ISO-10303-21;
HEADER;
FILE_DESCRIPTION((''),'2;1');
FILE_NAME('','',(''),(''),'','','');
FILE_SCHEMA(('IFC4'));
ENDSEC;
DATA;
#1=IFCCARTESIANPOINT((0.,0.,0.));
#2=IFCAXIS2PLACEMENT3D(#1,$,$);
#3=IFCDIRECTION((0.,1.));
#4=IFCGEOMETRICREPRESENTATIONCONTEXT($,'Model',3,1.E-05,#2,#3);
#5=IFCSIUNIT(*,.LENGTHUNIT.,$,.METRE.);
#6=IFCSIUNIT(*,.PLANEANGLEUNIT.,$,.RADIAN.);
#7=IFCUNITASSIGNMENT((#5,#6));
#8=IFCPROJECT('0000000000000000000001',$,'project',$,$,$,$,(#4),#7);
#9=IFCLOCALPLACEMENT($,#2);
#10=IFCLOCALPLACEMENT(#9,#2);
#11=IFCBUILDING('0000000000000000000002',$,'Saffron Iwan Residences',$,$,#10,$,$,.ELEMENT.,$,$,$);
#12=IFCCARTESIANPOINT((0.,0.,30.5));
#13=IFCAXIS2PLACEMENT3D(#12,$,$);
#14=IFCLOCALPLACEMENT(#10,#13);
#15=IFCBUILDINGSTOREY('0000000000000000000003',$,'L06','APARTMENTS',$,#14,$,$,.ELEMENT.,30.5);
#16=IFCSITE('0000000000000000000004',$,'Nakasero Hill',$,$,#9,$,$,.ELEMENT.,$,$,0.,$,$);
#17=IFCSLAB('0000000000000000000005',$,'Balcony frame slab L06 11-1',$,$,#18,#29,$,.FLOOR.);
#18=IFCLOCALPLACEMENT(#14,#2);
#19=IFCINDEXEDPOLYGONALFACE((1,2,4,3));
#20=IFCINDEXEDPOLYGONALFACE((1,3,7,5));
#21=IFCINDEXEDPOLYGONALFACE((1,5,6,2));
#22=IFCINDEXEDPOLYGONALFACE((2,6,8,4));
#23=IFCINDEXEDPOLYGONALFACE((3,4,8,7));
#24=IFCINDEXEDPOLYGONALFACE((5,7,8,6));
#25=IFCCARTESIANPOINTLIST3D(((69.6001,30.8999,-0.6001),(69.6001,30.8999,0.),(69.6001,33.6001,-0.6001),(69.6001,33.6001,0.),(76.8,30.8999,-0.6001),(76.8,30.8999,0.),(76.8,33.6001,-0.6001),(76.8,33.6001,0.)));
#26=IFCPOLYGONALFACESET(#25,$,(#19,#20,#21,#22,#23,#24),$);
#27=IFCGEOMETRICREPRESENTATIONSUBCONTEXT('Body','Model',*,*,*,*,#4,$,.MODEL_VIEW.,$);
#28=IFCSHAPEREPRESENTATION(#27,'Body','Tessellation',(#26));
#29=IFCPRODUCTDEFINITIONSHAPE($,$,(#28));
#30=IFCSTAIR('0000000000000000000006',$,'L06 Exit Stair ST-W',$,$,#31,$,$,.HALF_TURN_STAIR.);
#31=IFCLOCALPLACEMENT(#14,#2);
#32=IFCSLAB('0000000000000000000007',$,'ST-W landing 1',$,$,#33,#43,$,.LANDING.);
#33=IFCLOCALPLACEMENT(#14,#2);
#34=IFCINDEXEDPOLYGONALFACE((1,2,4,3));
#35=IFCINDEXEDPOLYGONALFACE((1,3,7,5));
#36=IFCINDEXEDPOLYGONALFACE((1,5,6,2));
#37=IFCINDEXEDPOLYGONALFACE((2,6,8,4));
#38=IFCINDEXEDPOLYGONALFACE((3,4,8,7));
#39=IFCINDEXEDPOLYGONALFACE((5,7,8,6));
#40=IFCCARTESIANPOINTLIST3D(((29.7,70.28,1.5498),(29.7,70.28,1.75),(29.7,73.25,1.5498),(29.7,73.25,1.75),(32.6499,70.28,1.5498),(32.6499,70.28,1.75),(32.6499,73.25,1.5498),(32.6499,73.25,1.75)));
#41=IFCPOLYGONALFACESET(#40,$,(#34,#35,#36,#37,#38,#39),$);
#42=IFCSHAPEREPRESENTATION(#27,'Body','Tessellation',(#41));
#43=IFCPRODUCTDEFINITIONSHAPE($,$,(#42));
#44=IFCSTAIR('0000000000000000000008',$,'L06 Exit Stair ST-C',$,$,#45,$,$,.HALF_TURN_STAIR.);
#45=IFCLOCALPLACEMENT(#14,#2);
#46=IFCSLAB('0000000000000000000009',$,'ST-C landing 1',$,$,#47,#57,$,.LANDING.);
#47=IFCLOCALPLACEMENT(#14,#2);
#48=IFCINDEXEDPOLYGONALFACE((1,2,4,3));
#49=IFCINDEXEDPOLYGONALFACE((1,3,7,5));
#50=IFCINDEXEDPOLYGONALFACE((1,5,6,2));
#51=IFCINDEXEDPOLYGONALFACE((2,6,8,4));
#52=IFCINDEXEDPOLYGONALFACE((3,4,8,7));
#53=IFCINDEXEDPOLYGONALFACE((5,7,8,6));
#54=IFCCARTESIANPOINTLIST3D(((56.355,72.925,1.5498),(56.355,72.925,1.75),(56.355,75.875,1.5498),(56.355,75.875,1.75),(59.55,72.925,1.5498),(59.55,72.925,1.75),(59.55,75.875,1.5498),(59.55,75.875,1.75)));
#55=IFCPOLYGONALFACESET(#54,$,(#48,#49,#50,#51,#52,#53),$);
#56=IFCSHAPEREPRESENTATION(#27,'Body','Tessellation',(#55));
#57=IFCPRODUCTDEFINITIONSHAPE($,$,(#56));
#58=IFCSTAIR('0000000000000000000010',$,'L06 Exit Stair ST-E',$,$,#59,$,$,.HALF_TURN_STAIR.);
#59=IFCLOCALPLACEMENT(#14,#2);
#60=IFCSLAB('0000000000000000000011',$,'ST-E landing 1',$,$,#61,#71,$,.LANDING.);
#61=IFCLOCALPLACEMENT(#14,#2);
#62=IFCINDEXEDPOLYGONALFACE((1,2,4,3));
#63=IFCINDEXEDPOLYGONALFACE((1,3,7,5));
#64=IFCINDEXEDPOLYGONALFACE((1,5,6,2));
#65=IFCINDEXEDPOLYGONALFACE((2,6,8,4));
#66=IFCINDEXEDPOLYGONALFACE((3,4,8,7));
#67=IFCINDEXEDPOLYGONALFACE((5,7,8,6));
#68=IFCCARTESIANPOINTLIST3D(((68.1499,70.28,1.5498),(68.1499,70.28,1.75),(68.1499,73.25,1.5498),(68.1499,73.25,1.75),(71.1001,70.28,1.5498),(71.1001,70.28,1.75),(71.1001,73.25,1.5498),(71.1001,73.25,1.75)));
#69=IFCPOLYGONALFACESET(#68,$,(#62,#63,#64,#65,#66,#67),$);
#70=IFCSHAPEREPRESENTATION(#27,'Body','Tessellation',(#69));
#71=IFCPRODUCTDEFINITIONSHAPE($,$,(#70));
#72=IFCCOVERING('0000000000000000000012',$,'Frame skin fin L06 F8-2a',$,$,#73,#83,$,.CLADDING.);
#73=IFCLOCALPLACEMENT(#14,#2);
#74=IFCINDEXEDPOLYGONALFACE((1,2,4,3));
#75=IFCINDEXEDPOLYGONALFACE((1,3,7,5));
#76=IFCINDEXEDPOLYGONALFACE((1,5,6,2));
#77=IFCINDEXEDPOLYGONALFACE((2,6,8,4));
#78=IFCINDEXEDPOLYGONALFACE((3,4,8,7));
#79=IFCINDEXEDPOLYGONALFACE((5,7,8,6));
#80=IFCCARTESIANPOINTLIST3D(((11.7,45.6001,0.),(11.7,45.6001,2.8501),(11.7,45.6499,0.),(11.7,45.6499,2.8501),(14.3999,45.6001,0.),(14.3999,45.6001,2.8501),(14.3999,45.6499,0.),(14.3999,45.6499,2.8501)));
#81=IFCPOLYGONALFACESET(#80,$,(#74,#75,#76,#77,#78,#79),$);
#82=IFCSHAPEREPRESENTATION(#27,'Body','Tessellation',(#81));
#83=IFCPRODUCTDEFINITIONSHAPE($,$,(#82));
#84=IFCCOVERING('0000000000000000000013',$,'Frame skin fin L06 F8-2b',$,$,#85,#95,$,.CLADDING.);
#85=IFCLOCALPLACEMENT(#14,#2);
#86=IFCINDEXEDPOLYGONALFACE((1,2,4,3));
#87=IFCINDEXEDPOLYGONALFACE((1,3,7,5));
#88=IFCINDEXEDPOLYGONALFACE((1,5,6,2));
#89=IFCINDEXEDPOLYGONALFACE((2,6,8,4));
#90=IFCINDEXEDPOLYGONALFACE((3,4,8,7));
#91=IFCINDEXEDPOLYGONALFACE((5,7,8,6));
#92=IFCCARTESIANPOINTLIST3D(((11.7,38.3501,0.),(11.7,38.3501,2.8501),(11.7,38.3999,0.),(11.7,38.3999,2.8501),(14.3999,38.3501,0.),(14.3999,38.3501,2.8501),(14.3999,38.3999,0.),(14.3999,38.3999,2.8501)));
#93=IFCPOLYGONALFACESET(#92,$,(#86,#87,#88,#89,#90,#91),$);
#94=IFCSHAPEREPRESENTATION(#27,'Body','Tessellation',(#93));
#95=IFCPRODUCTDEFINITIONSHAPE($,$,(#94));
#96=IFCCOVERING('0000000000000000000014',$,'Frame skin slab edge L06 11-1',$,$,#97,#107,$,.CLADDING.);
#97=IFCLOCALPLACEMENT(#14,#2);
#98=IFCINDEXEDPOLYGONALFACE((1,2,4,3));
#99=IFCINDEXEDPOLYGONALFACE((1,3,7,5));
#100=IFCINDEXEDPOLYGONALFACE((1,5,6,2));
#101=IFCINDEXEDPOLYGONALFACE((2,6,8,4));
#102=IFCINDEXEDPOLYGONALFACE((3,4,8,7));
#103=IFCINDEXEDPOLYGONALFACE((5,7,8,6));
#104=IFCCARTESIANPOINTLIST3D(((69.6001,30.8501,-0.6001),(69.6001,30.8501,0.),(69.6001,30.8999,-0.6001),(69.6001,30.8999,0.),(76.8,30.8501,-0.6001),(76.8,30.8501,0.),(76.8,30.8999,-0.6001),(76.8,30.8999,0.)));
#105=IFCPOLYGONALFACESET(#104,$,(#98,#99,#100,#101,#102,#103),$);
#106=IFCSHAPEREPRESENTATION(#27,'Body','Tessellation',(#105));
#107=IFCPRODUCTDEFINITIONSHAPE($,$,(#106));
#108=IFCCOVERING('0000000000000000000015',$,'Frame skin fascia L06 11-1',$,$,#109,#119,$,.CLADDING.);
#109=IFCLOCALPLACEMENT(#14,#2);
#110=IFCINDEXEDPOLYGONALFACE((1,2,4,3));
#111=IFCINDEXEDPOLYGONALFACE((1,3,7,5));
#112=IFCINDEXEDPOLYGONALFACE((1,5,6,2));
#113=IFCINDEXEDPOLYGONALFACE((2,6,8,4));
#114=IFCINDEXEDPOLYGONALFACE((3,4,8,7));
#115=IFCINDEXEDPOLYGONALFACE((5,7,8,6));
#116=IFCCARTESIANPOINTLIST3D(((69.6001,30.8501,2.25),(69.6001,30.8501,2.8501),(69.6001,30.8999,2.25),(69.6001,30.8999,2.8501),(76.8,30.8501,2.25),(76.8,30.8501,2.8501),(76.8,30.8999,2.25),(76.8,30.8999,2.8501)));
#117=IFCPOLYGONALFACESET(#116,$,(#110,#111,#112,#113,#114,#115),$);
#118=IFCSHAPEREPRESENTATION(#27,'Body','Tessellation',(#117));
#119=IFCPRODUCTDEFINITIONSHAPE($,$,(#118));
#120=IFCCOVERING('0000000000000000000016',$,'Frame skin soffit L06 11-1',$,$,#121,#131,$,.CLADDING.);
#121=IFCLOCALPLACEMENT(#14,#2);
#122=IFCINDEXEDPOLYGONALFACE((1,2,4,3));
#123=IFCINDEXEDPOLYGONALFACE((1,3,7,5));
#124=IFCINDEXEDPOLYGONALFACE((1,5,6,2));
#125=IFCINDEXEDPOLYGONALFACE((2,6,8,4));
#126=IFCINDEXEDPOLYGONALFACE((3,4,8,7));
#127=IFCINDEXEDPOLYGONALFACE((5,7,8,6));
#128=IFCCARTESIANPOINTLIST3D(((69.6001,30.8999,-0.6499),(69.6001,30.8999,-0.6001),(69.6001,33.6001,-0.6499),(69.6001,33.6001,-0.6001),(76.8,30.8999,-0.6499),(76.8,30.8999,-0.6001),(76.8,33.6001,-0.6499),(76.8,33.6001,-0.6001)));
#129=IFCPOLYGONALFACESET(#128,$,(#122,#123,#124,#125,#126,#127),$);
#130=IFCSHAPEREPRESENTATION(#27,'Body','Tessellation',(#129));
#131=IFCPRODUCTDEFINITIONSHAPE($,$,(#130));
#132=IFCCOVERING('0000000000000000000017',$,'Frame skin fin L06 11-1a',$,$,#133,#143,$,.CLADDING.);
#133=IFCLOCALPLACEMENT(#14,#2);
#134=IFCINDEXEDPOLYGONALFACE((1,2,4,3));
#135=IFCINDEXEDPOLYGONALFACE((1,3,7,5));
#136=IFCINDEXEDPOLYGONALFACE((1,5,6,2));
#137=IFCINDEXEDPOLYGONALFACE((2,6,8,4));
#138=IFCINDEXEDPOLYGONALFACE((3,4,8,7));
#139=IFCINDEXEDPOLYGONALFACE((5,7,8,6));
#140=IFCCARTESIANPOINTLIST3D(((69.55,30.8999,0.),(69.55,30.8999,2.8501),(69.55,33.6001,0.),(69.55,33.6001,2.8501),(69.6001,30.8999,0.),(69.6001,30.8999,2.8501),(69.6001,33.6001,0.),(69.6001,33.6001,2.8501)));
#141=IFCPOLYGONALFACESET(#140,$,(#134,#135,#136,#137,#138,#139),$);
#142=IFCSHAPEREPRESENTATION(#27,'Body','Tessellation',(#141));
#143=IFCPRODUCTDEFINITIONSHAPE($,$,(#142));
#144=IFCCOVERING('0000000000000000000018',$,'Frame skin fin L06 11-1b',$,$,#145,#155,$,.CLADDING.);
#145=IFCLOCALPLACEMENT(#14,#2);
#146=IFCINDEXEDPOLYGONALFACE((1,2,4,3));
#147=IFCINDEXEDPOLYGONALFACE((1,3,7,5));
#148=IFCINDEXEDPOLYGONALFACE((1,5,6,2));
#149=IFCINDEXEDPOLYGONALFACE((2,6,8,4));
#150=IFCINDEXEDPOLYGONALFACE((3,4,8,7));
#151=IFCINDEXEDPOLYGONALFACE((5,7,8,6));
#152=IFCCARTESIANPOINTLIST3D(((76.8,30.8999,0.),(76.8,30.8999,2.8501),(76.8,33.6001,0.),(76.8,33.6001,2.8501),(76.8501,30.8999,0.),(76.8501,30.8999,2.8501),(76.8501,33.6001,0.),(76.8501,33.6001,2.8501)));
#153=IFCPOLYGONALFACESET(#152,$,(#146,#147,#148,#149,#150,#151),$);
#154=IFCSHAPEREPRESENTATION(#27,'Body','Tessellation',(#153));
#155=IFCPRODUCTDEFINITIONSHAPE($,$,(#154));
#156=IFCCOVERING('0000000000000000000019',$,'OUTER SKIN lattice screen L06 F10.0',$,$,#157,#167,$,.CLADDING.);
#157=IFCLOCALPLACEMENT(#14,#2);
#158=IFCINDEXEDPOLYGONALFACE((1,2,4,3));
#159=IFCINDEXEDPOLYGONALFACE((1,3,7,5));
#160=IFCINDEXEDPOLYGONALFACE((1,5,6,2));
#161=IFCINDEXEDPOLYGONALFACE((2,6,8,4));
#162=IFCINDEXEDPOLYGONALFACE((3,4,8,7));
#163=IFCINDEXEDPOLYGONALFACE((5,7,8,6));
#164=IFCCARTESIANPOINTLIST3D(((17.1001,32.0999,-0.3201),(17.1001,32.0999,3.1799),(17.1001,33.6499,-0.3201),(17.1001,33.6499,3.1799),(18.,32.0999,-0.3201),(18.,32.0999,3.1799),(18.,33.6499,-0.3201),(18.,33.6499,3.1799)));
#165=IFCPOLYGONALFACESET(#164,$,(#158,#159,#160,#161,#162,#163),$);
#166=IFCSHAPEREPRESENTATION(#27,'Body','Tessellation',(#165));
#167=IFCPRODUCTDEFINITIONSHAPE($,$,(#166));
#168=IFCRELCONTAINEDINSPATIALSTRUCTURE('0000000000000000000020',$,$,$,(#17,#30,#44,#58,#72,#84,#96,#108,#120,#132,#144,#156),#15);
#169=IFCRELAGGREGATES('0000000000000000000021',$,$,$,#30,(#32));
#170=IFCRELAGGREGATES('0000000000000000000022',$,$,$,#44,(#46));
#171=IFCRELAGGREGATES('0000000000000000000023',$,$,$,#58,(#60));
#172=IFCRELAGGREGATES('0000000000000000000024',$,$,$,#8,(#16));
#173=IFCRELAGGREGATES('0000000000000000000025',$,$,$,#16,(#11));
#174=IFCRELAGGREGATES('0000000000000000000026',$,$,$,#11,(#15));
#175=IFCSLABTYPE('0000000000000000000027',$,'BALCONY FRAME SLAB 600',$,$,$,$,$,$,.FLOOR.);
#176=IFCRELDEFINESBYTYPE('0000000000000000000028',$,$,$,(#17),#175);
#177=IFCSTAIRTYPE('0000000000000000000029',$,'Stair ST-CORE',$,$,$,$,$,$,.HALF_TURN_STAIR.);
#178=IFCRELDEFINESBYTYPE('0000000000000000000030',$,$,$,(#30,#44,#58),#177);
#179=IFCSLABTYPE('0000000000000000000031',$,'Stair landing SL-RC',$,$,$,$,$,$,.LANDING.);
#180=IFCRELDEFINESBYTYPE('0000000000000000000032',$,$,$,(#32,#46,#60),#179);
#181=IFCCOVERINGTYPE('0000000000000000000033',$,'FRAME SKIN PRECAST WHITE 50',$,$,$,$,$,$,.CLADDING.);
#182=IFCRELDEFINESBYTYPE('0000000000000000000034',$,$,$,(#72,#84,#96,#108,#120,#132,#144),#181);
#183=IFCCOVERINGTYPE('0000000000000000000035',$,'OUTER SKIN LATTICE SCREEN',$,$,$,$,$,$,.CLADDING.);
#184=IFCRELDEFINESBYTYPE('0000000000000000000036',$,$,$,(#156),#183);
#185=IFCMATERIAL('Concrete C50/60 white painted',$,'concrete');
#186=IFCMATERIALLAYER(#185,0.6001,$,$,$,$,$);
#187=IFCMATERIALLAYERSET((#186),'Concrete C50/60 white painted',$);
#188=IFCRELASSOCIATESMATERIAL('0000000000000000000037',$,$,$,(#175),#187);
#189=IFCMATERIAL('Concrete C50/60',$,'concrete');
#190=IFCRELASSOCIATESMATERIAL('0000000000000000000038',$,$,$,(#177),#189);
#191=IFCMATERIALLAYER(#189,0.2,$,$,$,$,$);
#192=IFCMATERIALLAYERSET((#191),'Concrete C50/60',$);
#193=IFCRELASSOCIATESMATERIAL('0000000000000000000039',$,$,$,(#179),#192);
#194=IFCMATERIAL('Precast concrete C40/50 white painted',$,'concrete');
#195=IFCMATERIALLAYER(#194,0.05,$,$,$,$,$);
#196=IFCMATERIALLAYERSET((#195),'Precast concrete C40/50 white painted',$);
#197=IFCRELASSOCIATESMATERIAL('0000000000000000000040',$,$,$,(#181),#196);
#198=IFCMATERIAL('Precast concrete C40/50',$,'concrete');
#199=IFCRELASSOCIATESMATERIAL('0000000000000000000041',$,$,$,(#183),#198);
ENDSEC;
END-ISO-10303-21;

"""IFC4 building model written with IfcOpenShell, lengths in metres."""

from ifc_helpers import new_model, si_unit, direction, frame, origin, place, context, subcontext, project, spatial, polyline, outline, extrude, material, layer, layer_set, type_object, element, aggregate, save


model = new_model("IFC4")

# Units and contexts
model_context = context("Model", 3, precision=1e-05, world=origin(), true_north=direction((0.0, 1.0)))
body_context = subcontext(model_context, "Body", "Model", "MODEL_VIEW")
ifc_project = project(units=[si_unit("LENGTHUNIT", "METRE"), si_unit("PLANEANGLEUNIT", "RADIAN")], contexts=[model_context])

# Site, building, storey
site_placement = place(None, origin())
site = spatial("IfcSite", under=ifc_project, at=site_placement, Name="Nakasero Hill", CompositionType="ELEMENT", RefElevation=0.0)
building_placement = place(site_placement, origin())
building = spatial("IfcBuilding", under=site, at=building_placement, Name="Saffron Iwan Residences", CompositionType="ELEMENT")
storey_placement = place(building_placement, frame((0.0, 0.0, 30.5)))
storey = spatial("IfcBuildingStorey", under=building, at=storey_placement, Name="L06", Description="APARTMENTS", CompositionType="ELEMENT", Elevation=30.5)

# Slab
ifc_material_1 = material(Name="Concrete C50/60 white painted", Category="concrete")
ifc_layer_1 = layer(ifc_material_1, 0.6001)
ifc_layer_set_1 = layer_set([ifc_layer_1], Name="Concrete C50/60 white painted")
slab_type_1 = type_object("IfcSlabType", Name="BALCONY FRAME SLAB 600", PredefinedType="FLOOR", material=ifc_layer_set_1)
slab_1_placement = place(storey_placement, frame((0.0, 0.0, -0.6001)))
element("IfcSlab", 1, at=slab_1_placement, inside=storey, type_object=slab_type_1, Name="Balcony frame slab L06 11-1", PredefinedType="FLOOR", context=body_context, shape_type="SweptSolid", body=[
    extrude(outline(polyline([(69.6001, 30.8999), (76.8, 30.8999), (76.8, 33.6001), (69.6001, 33.6001), (69.6001, 30.8999)])), origin(), (0.0, 0.0, 1.0), 0.6001),
])

# Stairs, slabs
ifc_material_2 = material(Name="Concrete C50/60", Category="concrete")
stair_type = type_object("IfcStairType", Name="Stair ST-CORE", PredefinedType="HALF_TURN_STAIR", material=ifc_material_2)
stair_1_placement = place(storey_placement, origin())
stair_1 = element("IfcStair", 2, at=stair_1_placement, inside=storey, type_object=stair_type, Name="L06 Exit Stair ST-W", PredefinedType="HALF_TURN_STAIR")
ifc_layer_2 = layer(ifc_material_2, 0.2)
ifc_layer_set_2 = layer_set([ifc_layer_2], Name="Concrete C50/60")
slab_type_2 = type_object("IfcSlabType", Name="Stair landing SL-RC", PredefinedType="LANDING", material=ifc_layer_set_2)
slab_2_placement = place(storey_placement, frame((0.0, 0.0, 1.5498)))
slab_2 = element("IfcSlab", 3, at=slab_2_placement, type_object=slab_type_2, Name="ST-W landing 1", PredefinedType="LANDING", context=body_context, shape_type="SweptSolid", body=[
    extrude(outline(polyline([(32.6499, 70.28), (32.6499, 73.25), (29.7, 73.25), (29.7, 70.28), (32.6499, 70.28)])), origin(), (0.0, 0.0, 1.0), 0.2002),
])
aggregate(stair_1, [slab_2])
stair_2_placement = place(storey_placement, origin())
stair_2 = element("IfcStair", 4, at=stair_2_placement, inside=storey, type_object=stair_type, Name="L06 Exit Stair ST-C", PredefinedType="HALF_TURN_STAIR")
slab_3_placement = place(storey_placement, frame((0.0, 0.0, 1.5498)))
slab_3 = element("IfcSlab", 5, at=slab_3_placement, type_object=slab_type_2, Name="ST-C landing 1", PredefinedType="LANDING", context=body_context, shape_type="SweptSolid", body=[
    extrude(outline(polyline([(56.355, 72.925), (59.55, 72.925), (59.55, 75.875), (56.355, 75.875), (56.355, 72.925)])), origin(), (0.0, 0.0, 1.0), 0.2002),
])
aggregate(stair_2, [slab_3])
stair_3_placement = place(storey_placement, origin())
stair_3 = element("IfcStair", 6, at=stair_3_placement, inside=storey, type_object=stair_type, Name="L06 Exit Stair ST-E", PredefinedType="HALF_TURN_STAIR")
slab_4_placement = place(storey_placement, frame((0.0, 0.0, 1.5498)))
slab_4 = element("IfcSlab", 7, at=slab_4_placement, type_object=slab_type_2, Name="ST-E landing 1", PredefinedType="LANDING", context=body_context, shape_type="SweptSolid", body=[
    extrude(outline(polyline([(71.1001, 70.28), (71.1001, 73.25), (68.1499, 73.25), (68.1499, 70.28), (71.1001, 70.28)])), origin(), (0.0, 0.0, 1.0), 0.2002),
])
aggregate(stair_3, [slab_4])

# Coverings
ifc_material_3 = material(Name="Precast concrete C40/50 white painted", Category="concrete")
ifc_layer_3 = layer(ifc_material_3, 0.05)
ifc_layer_set_3 = layer_set([ifc_layer_3], Name="Precast concrete C40/50 white painted")
covering_type_1 = type_object("IfcCoveringType", Name="FRAME SKIN PRECAST WHITE 50", PredefinedType="CLADDING", material=ifc_layer_set_3)
covering_1_placement = place(storey_placement, origin())
element("IfcCovering", 8, at=covering_1_placement, inside=storey, type_object=covering_type_1, Name="Frame skin fin L06 F8-2a", PredefinedType="CLADDING", context=body_context, shape_type="SweptSolid", body=[
    extrude(outline(polyline([(11.7, 45.6499), (11.7, 45.6001), (14.3999, 45.6001), (14.3999, 45.6499), (11.7, 45.6499)])), origin(), (0.0, 0.0, 1.0), 2.8501),
])
covering_2_placement = place(storey_placement, origin())
element("IfcCovering", 9, at=covering_2_placement, inside=storey, type_object=covering_type_1, Name="Frame skin fin L06 F8-2b", PredefinedType="CLADDING", context=body_context, shape_type="SweptSolid", body=[
    extrude(outline(polyline([(11.7, 38.3999), (11.7, 38.3501), (14.3999, 38.3501), (14.3999, 38.3999), (11.7, 38.3999)])), origin(), (0.0, 0.0, 1.0), 2.8501),
])
for number, where, name in (
    (10, (0.0, 0.0, -0.6001), "Frame skin slab edge L06 11-1"),
    (11, (0.0, 0.0, 2.25), "Frame skin fascia L06 11-1"),
):
    element("IfcCovering", number, at=place(storey_placement, frame(where)), inside=storey, type_object=covering_type_1, Name=name, PredefinedType="CLADDING", context=body_context, shape_type="SweptSolid", body=[
        extrude(outline(polyline([(69.6001, 30.8501), (76.8, 30.8501), (76.8, 30.8999), (69.6001, 30.8999), (69.6001, 30.8501)])), origin(), (0.0, 0.0, 1.0), 0.6001),
    ])
covering_3_placement = place(storey_placement, frame((0.0, 0.0, -0.6499)))
element("IfcCovering", 12, at=covering_3_placement, inside=storey, type_object=covering_type_1, Name="Frame skin soffit L06 11-1", PredefinedType="CLADDING", context=body_context, shape_type="SweptSolid", body=[
    extrude(outline(polyline([(69.6001, 30.8999), (76.8, 30.8999), (76.8, 33.6001), (69.6001, 33.6001), (69.6001, 30.8999)])), origin(), (0.0, 0.0, 1.0), 0.0498),
])
covering_4_placement = place(storey_placement, origin())
element("IfcCovering", 13, at=covering_4_placement, inside=storey, type_object=covering_type_1, Name="Frame skin fin L06 11-1a", PredefinedType="CLADDING", context=body_context, shape_type="SweptSolid", body=[
    extrude(outline(polyline([(69.55, 30.8999), (69.6001, 30.8999), (69.6001, 33.6001), (69.55, 33.6001), (69.55, 30.8999)])), origin(), (0.0, 0.0, 1.0), 2.8501),
])
covering_5_placement = place(storey_placement, origin())
element("IfcCovering", 14, at=covering_5_placement, inside=storey, type_object=covering_type_1, Name="Frame skin fin L06 11-1b", PredefinedType="CLADDING", context=body_context, shape_type="SweptSolid", body=[
    extrude(outline(polyline([(76.8, 30.8999), (76.8501, 30.8999), (76.8501, 33.6001), (76.8, 33.6001), (76.8, 30.8999)])), origin(), (0.0, 0.0, 1.0), 2.8501),
])
ifc_material_4 = material(Name="Precast concrete C40/50", Category="concrete")
covering_type_2 = type_object("IfcCoveringType", Name="OUTER SKIN LATTICE SCREEN", PredefinedType="CLADDING", material=ifc_material_4)
covering_6_placement = place(storey_placement, frame((18.0, 33.6499, -0.3201), z_axis=(-1.0, 0.0, 0.0), x_axis=(0.0, -1.0, 0.0)))
element("IfcCovering", 15, at=covering_6_placement, inside=storey, type_object=covering_type_2, Name="OUTER SKIN lattice screen L06 F10.0", PredefinedType="CLADDING", context=body_context, shape_type="SweptSolid", body=[
    extrude(outline(polyline([(0.0, 0.0), (1.55, 0.0), (1.55, 3.5), (0.0, 3.5), (0.0, 0.0)])), origin(), (0.0, 0.0, 1.0), 0.8999),
])

save(model, "model.ifc")
